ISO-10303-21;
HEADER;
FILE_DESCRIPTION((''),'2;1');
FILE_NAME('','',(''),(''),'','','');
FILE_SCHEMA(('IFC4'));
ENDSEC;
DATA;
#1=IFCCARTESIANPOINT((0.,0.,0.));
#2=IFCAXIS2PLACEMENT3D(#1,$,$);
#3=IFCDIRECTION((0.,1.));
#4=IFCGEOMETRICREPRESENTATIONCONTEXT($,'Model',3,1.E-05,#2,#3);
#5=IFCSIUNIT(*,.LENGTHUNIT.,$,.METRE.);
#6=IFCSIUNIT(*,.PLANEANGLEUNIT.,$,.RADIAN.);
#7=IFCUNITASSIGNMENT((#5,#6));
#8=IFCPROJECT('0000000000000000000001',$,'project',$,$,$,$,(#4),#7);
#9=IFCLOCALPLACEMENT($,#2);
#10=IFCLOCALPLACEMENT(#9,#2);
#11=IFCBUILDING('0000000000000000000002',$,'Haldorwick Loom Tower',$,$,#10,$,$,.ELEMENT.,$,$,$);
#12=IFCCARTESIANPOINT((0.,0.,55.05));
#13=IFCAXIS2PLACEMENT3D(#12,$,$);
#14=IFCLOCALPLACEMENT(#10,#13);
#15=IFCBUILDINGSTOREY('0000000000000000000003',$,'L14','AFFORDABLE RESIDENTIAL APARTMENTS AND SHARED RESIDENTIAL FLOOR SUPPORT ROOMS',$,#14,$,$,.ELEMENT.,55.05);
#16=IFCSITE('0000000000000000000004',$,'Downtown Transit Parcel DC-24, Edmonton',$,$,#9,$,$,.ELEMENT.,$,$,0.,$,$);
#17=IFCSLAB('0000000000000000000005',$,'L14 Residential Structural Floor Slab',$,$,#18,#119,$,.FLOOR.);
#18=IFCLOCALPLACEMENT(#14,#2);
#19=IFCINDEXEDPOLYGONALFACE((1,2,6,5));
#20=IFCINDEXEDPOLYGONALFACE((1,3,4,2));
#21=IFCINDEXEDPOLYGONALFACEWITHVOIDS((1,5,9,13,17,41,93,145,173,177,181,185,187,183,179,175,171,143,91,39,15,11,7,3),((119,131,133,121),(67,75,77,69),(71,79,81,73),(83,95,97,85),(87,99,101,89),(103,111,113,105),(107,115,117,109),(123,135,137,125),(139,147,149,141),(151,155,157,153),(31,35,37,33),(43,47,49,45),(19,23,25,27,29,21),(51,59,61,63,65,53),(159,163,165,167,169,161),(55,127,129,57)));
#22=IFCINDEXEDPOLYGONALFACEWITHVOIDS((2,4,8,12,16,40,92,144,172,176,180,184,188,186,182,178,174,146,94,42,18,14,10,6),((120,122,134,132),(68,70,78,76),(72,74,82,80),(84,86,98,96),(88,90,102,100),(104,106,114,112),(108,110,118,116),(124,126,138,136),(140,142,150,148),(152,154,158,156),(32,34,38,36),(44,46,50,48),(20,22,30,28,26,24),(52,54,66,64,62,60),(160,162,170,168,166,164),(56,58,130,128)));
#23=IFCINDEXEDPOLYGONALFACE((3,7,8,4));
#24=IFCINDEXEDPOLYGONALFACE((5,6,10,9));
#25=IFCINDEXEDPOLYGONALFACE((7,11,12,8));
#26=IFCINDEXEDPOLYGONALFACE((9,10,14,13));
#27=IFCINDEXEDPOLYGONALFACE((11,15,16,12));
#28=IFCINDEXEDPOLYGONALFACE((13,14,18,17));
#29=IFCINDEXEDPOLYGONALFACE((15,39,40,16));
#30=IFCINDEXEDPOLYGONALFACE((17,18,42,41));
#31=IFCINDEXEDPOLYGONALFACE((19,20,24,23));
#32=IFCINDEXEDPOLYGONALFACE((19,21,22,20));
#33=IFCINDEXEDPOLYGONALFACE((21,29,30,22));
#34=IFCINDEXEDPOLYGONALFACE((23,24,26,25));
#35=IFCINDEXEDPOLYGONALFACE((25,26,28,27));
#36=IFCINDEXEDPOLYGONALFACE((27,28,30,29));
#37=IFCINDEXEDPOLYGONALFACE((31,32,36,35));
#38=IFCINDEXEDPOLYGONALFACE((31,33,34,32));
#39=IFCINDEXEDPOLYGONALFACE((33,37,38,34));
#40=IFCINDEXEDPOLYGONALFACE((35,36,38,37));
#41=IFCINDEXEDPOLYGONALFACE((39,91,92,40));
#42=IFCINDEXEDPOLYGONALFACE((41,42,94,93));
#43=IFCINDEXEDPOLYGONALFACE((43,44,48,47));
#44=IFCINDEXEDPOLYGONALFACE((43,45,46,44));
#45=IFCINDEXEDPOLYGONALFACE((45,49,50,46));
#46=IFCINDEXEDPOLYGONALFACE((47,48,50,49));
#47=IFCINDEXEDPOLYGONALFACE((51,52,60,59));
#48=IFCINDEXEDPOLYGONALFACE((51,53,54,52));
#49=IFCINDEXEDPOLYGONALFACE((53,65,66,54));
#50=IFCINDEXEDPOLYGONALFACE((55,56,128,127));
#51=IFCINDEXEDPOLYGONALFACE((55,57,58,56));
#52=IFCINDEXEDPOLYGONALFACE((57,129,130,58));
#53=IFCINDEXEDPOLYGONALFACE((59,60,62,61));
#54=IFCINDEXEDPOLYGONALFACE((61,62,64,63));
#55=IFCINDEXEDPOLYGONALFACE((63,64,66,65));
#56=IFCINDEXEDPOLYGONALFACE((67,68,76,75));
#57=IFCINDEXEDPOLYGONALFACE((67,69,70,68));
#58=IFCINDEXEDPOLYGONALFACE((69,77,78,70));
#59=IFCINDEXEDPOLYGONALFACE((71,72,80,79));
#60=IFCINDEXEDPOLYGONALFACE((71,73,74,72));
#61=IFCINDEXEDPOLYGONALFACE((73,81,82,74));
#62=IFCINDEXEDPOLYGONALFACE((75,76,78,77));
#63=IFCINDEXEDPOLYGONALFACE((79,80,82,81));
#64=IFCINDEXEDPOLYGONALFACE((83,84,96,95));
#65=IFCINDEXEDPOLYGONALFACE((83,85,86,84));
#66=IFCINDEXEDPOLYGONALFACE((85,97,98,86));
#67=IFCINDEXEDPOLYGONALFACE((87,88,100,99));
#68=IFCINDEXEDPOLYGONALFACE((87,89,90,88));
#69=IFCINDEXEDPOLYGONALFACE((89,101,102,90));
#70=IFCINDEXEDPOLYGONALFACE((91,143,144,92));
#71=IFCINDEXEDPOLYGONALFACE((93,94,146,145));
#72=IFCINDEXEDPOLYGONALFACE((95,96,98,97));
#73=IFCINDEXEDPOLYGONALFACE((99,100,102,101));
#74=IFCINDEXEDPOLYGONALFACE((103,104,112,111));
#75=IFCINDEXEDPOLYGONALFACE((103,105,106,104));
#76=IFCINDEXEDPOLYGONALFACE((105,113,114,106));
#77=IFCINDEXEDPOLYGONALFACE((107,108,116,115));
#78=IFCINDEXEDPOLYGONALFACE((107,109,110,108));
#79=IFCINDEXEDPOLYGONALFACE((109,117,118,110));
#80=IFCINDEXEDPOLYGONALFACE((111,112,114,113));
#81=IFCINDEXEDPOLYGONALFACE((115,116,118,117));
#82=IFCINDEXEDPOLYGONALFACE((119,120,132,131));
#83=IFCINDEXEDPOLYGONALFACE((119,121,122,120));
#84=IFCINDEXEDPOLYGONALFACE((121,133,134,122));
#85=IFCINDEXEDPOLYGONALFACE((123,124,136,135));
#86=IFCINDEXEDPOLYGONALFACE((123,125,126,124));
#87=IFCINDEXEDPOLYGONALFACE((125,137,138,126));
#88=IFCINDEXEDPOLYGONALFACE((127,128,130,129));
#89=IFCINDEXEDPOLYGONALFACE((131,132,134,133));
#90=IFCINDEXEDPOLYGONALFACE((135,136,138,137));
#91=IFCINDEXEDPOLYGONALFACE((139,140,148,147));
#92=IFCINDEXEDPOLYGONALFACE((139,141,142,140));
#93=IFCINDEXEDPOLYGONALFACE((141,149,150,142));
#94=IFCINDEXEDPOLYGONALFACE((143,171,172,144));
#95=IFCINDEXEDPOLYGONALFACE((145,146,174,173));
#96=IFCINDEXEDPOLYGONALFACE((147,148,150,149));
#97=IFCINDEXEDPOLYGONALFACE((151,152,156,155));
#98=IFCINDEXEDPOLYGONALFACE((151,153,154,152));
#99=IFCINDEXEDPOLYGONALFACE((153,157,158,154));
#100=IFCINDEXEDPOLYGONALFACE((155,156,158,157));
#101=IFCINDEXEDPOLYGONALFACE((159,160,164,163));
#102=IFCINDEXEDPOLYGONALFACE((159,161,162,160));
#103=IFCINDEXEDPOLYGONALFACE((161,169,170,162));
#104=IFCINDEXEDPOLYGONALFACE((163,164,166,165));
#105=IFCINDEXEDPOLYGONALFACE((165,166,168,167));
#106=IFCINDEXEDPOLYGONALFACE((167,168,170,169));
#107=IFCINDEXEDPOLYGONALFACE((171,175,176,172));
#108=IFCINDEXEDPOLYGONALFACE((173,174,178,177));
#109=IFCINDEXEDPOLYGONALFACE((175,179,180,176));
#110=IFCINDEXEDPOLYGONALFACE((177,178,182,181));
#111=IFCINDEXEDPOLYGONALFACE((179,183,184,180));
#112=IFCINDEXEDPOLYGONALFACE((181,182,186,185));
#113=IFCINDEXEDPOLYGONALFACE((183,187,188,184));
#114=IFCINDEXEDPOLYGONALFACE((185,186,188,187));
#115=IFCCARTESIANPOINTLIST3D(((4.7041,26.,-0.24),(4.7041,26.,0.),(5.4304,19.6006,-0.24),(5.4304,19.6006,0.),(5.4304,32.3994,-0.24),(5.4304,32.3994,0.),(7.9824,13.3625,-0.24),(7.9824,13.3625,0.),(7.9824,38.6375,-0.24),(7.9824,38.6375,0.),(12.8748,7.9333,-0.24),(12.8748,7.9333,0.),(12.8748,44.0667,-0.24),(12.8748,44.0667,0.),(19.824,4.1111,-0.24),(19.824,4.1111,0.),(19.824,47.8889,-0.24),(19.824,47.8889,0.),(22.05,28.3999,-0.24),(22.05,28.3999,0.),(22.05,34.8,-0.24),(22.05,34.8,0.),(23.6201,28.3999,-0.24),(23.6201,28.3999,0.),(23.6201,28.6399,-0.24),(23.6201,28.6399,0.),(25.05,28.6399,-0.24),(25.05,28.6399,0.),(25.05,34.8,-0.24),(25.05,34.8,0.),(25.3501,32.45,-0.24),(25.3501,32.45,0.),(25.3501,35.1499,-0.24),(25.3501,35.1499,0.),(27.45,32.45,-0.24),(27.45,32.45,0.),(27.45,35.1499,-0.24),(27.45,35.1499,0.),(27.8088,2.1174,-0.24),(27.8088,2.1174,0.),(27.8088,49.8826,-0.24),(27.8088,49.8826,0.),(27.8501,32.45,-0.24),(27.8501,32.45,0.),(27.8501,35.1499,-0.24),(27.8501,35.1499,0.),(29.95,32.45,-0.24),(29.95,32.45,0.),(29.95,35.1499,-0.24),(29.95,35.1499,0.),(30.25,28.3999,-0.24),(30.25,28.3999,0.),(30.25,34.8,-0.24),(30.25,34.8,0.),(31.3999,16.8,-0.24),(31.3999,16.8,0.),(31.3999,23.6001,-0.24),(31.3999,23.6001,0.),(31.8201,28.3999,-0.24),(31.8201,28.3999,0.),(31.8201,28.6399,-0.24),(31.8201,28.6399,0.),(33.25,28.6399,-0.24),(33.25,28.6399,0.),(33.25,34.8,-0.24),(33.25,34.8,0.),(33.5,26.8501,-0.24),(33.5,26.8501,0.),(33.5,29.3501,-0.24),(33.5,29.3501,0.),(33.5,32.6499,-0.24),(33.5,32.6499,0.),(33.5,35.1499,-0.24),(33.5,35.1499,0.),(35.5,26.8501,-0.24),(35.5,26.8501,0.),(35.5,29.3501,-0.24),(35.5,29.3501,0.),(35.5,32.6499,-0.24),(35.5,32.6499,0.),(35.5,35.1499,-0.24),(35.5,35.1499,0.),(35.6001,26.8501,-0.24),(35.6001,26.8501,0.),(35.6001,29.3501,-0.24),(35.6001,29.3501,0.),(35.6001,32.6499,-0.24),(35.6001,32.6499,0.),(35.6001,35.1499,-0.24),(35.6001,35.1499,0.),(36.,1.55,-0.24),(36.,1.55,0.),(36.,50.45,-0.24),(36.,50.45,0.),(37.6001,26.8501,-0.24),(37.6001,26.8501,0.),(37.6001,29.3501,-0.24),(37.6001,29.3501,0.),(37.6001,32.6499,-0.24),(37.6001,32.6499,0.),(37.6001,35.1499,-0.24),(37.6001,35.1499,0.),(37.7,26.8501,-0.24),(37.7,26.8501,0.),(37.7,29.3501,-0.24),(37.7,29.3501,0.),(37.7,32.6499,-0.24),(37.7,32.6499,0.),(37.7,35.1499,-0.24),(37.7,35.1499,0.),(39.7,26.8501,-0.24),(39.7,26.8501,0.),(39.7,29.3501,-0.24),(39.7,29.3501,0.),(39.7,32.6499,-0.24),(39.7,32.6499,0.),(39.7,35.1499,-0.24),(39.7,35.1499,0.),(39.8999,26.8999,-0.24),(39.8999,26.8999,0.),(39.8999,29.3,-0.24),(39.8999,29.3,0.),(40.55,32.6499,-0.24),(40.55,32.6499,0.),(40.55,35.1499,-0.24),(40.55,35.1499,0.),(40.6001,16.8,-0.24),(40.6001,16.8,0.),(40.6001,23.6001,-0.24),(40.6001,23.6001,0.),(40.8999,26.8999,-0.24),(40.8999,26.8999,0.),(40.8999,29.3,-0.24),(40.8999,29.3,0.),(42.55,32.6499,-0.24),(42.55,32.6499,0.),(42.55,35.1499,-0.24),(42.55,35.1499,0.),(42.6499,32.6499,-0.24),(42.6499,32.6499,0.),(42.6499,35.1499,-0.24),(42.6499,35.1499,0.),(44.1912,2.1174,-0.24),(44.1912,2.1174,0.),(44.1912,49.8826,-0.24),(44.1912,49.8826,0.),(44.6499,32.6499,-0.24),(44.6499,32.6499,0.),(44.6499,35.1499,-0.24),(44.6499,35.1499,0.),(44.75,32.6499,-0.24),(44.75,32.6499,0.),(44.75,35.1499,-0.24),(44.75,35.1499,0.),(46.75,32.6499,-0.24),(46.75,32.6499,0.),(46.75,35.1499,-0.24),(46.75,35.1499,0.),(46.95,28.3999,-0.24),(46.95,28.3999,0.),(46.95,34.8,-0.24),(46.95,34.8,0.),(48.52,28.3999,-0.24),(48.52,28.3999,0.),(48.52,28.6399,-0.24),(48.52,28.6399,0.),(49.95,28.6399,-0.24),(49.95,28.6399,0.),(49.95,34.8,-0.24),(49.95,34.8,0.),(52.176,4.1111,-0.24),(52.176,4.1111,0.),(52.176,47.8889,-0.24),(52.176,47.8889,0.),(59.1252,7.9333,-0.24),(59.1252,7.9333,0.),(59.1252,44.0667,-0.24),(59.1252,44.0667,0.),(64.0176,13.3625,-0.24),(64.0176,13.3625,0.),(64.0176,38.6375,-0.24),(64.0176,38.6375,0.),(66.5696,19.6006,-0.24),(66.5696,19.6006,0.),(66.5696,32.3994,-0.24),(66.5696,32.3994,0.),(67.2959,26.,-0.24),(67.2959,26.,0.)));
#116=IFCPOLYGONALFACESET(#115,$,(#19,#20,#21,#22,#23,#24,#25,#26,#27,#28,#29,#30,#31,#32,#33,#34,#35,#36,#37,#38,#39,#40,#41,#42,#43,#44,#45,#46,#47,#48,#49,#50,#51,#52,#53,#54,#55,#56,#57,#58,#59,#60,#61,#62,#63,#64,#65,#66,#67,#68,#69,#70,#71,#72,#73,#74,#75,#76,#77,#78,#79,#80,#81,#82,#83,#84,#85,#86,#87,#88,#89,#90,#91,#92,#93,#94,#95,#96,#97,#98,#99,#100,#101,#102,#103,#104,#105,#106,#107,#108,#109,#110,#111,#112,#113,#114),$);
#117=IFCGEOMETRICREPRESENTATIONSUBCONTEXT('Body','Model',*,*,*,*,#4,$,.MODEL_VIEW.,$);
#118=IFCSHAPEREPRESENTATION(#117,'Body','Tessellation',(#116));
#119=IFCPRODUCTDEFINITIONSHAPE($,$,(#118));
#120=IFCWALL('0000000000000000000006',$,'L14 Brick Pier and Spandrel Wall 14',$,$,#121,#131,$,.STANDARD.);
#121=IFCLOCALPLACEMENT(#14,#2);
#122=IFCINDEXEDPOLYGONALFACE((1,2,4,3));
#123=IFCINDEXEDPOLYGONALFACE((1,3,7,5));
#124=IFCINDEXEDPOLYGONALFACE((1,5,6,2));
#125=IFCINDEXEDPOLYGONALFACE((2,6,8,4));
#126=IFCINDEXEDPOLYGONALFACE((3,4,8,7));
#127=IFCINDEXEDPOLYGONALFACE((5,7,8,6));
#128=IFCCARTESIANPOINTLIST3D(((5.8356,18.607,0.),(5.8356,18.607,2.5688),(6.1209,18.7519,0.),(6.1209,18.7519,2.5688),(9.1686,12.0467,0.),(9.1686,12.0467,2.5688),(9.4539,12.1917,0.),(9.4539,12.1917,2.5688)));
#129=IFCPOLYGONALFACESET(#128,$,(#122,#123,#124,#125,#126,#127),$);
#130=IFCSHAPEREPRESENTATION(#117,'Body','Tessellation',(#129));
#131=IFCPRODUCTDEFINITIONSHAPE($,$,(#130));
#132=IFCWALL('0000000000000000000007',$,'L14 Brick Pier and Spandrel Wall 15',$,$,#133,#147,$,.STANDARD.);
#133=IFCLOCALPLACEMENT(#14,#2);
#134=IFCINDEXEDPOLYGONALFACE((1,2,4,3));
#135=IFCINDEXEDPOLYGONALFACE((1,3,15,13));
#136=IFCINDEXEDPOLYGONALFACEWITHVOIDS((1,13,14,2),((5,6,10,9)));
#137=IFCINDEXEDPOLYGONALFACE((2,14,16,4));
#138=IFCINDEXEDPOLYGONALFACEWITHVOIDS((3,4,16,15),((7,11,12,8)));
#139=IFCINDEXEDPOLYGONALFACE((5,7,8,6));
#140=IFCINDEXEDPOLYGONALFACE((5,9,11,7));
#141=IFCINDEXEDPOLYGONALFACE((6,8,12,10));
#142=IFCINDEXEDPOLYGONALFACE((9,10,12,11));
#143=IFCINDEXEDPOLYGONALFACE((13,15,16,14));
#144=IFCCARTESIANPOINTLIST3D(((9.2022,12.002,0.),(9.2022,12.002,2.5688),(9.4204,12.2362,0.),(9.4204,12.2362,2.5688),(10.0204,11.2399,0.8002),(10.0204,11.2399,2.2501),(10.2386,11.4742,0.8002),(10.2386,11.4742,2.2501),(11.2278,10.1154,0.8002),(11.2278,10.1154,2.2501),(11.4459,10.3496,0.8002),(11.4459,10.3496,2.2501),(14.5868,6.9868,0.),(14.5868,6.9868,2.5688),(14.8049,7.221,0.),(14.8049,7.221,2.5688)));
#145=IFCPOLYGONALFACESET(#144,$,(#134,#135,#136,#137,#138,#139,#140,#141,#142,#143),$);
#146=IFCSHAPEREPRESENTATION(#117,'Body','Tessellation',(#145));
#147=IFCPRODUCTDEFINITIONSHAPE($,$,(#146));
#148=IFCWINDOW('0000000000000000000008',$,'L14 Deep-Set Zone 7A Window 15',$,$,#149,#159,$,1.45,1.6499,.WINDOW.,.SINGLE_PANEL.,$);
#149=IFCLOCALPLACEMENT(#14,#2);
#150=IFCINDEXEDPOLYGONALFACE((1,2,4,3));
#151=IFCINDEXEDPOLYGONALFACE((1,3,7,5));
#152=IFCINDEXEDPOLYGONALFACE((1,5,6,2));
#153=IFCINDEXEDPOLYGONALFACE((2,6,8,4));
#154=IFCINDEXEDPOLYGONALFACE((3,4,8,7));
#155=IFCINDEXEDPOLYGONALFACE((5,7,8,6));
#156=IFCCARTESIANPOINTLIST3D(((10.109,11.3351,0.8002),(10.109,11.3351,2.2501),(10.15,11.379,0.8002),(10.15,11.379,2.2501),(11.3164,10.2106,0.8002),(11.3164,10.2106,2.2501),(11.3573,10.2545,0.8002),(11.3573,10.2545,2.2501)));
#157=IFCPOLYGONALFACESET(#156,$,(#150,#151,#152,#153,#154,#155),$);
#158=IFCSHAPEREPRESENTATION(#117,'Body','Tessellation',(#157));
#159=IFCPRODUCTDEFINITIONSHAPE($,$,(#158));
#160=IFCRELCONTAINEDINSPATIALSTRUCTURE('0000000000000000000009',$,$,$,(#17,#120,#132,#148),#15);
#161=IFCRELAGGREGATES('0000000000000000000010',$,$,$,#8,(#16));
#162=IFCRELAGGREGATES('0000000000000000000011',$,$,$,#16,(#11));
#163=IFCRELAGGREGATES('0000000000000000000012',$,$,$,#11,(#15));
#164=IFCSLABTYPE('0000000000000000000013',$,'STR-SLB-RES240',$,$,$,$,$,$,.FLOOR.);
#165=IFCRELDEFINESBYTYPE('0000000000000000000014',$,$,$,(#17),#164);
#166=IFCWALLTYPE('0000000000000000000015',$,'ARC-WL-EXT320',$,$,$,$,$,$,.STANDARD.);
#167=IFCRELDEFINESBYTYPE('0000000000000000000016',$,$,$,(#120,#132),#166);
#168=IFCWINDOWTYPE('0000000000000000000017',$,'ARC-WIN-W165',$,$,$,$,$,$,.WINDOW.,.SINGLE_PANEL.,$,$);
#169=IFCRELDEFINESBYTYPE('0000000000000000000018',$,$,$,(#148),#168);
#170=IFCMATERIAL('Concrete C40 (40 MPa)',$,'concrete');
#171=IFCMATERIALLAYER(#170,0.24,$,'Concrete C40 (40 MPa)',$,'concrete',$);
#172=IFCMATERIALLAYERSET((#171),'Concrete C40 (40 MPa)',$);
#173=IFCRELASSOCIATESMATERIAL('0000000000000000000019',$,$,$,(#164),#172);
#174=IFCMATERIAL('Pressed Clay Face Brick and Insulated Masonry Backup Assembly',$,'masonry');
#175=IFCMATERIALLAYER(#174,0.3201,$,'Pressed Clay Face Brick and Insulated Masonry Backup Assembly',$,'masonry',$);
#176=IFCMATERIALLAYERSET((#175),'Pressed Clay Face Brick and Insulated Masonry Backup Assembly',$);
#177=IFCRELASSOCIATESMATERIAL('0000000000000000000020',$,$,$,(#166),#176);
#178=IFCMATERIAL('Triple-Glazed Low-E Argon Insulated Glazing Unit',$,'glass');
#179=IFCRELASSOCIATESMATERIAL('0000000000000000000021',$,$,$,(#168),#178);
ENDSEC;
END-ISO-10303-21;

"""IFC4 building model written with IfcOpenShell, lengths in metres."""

from ifc_helpers import new_model, si_unit, direction, frame, frame_2d, origin, place, context, subcontext, project, spatial, polyline, rectangle, outline, extrude, material, layer, layer_set, type_object, element, fill, save


model = new_model("IFC4")

# Units and contexts
model_context = context("Model", 3, precision=1e-05, world=origin(), true_north=direction((0.0, 1.0)))
body_context = subcontext(model_context, "Body", "Model", "MODEL_VIEW")
ifc_project = project(units=[si_unit("LENGTHUNIT", "METRE"), si_unit("PLANEANGLEUNIT", "RADIAN")], contexts=[model_context])

# Site, building, storey
site_placement = place(None, origin())
site = spatial("IfcSite", under=ifc_project, at=site_placement, Name="Downtown Transit Parcel DC-24, Edmonton", CompositionType="ELEMENT", RefElevation=0.0)
building_placement = place(site_placement, origin())
building = spatial("IfcBuilding", under=site, at=building_placement, Name="Haldorwick Loom Tower", CompositionType="ELEMENT")
storey_placement = place(building_placement, frame((0.0, 0.0, 55.05)))
storey = spatial("IfcBuildingStorey", under=building, at=storey_placement, Name="L14", Description="AFFORDABLE RESIDENTIAL APARTMENTS AND SHARED RESIDENTIAL FLOOR SUPPORT ROOMS", CompositionType="ELEMENT", Elevation=55.05)

# Shared definitions
ifc_material_1 = material(Name="Concrete C40 (40 MPa)", Category="concrete")

# Slab
ifc_layer_1 = layer(ifc_material_1, 0.24, Name="Concrete C40 (40 MPa)", Category="concrete")
ifc_layer_set_1 = layer_set([ifc_layer_1], Name="Concrete C40 (40 MPa)")
slab_type_1 = type_object("IfcSlabType", Name="STR-SLB-RES240", PredefinedType="FLOOR", material=ifc_layer_set_1)
slab_1_placement = place(storey_placement, frame((0.0, 0.0, -0.24)))
element("IfcSlab", 1, at=slab_1_placement, inside=storey, type_object=slab_type_1, Name="L14 Residential Structural Floor Slab", PredefinedType="FLOOR", context=body_context, shape_type="SweptSolid", body=[
    extrude(outline(polyline([(59.1252, 7.9333), (64.0176, 13.3625), (66.5696, 19.6006), (67.2959, 26.0), (66.5696, 32.3994), (64.0176, 38.6375), (59.1252, 44.0667), (52.176, 47.8889), (44.1912, 49.8826), (36.0, 50.45), (27.8088, 49.8826), (19.824, 47.8889), (12.8748, 44.0667), (7.9824, 38.6375), (5.4304, 32.3994), (4.7041, 26.0), (5.4304, 19.6006), (7.9824, 13.3625), (12.8748, 7.9333), (19.824, 4.1111), (27.8088, 2.1174), (36.0, 1.55), (44.1912, 2.1174), (52.176, 4.1111), (59.1252, 7.9333)]), holes=[polyline([(31.3999, 23.6001), (40.6001, 23.6001), (40.6001, 16.8), (31.3999, 16.8), (31.3999, 23.6001)]), polyline([(33.5, 26.8501), (33.5, 29.3501), (35.5, 29.3501), (35.5, 26.8501), (33.5, 26.8501)]), polyline([(22.05, 28.3999), (22.05, 34.8), (25.05, 34.8), (25.05, 28.6399), (23.6201, 28.6399), (23.6201, 28.3999), (22.05, 28.3999)]), polyline([(30.25, 28.3999), (30.25, 34.8), (33.25, 34.8), (33.25, 28.6399), (31.8201, 28.6399), (31.8201, 28.3999), (30.25, 28.3999)]), polyline([(25.3501, 32.45), (25.3501, 35.1499), (27.45, 35.1499), (27.45, 32.45), (25.3501, 32.45)]), polyline([(27.8501, 32.45), (27.8501, 35.1499), (29.95, 35.1499), (29.95, 32.45), (27.8501, 32.45)]), polyline([(33.5, 32.6499), (33.5, 35.1499), (35.5, 35.1499), (35.5, 32.6499), (33.5, 32.6499)]), polyline([(35.6001, 32.6499), (35.6001, 35.1499), (37.6001, 35.1499), (37.6001, 32.6499), (35.6001, 32.6499)]), polyline([(35.6001, 26.8501), (35.6001, 29.3501), (37.6001, 29.3501), (37.6001, 26.8501), (35.6001, 26.8501)]), polyline([(37.7, 26.8501), (37.7, 29.3501), (39.7, 29.3501), (39.7, 26.8501), (37.7, 26.8501)]), polyline([(39.8999, 26.8999), (39.8999, 29.3), (40.8999, 29.3), (40.8999, 26.8999), (39.8999, 26.8999)]), polyline([(46.95, 28.3999), (46.95, 34.8), (49.95, 34.8), (49.95, 28.6399), (48.52, 28.6399), (48.52, 28.3999), (46.95, 28.3999)]), polyline([(37.7, 32.6499), (37.7, 35.1499), (39.7, 35.1499), (39.7, 32.6499), (37.7, 32.6499)]), polyline([(40.55, 32.6499), (40.55, 35.1499), (42.55, 35.1499), (42.55, 32.6499), (40.55, 32.6499)]), polyline([(42.6499, 32.6499), (42.6499, 35.1499), (44.6499, 35.1499), (44.6499, 32.6499), (42.6499, 32.6499)]), polyline([(44.75, 32.6499), (44.75, 35.1499), (46.75, 35.1499), (46.75, 32.6499), (44.75, 32.6499)])]), origin(), (0.0, 0.0, 1.0), 0.24),
])

# Wall
ifc_material_2 = material(Name="Pressed Clay Face Brick and Insulated Masonry Backup Assembly", Category="masonry")
ifc_layer_2 = layer(ifc_material_2, 0.3201, Name="Pressed Clay Face Brick and Insulated Masonry Backup Assembly", Category="masonry")
ifc_layer_set_2 = layer_set([ifc_layer_2], Name="Pressed Clay Face Brick and Insulated Masonry Backup Assembly")
wall_type_1 = type_object("IfcWallType", Name="ARC-WL-EXT320", PredefinedType="STANDARD", material=ifc_layer_set_2)
wall_1_placement = place(storey_placement, frame((5.9783, 18.6794, 0.0), z_axis=(0.0, 0.0, 1.0), x_axis=(0.452951, -0.891535, 0.0)))
element("IfcWall", 2, at=wall_1_placement, inside=storey, type_object=wall_type_1, Name="L14 Brick Pier and Spandrel Wall 14", PredefinedType="STANDARD", context=body_context, shape_type="SweptSolid", body=[
    extrude(rectangle(XDim=7.3584, YDim=0.3201, at=frame_2d((3.6792, 0.0))), origin(), (0.0, 0.0, 1.0), 2.5688),
])

# Wall, opening, window
wall_2_placement = place(storey_placement, frame((9.3113, 12.1191, 0.0), z_axis=(0.0, 0.0, 1.0), x_axis=(0.731761, -0.681561, 0.0)))
wall_2 = element("IfcWall", 3, at=wall_2_placement, inside=storey, type_object=wall_type_1, Name="L14 Brick Pier and Spandrel Wall 15", PredefinedType="STANDARD", context=body_context, shape_type="SweptSolid", body=[
    extrude(rectangle(XDim=7.3584, YDim=0.3201, at=frame_2d((3.6792, 0.0))), origin(), (0.0, 0.0, 1.0), 2.5688),
])
opening_1_placement = place(wall_2_placement, frame((1.1182, 0.0, 0.8)))
opening_1 = element("IfcOpeningElement", 4, at=opening_1_placement, cuts=wall_2, PredefinedType="OPENING", context=body_context, shape_type="SweptSolid", body=[
    extrude(rectangle(XDim=1.6499, YDim=1.45, at=frame_2d((0.825, 0.7251))), frame((0.0, 0.1699, 0.0), z_axis=(0.0, -1.0, 0.0), x_axis=(1.0, 0.0, 0.0)), (0.0, 0.0, 1.0), 0.3401),
])
ifc_material_3 = material(Name="Triple-Glazed Low-E Argon Insulated Glazing Unit", Category="glass")
window_type = type_object("IfcWindowType", Name="ARC-WIN-W165", PartitioningType="SINGLE_PANEL", PredefinedType="WINDOW", material=ifc_material_3)
window_1_placement = place(opening_1_placement, origin())
window_1 = element("IfcWindow", 5, at=window_1_placement, inside=storey, type_object=window_type, Name="L14 Deep-Set Zone 7A Window 15", OverallHeight=1.45, OverallWidth=1.6499, PartitioningType="SINGLE_PANEL", PredefinedType="WINDOW", context=body_context, shape_type="SweptSolid", body=[
    extrude(rectangle(XDim=1.6499, YDim=1.45, at=frame_2d((0.825, 0.7251))), frame((0.0, 0.03, 0.0), z_axis=(0.0, -1.0, 0.0), x_axis=(1.0, 0.0, 0.0)), (0.0, 0.0, 1.0), 0.0601),
])
fill(opening_1, window_1)

save(model, "model.ifc")
